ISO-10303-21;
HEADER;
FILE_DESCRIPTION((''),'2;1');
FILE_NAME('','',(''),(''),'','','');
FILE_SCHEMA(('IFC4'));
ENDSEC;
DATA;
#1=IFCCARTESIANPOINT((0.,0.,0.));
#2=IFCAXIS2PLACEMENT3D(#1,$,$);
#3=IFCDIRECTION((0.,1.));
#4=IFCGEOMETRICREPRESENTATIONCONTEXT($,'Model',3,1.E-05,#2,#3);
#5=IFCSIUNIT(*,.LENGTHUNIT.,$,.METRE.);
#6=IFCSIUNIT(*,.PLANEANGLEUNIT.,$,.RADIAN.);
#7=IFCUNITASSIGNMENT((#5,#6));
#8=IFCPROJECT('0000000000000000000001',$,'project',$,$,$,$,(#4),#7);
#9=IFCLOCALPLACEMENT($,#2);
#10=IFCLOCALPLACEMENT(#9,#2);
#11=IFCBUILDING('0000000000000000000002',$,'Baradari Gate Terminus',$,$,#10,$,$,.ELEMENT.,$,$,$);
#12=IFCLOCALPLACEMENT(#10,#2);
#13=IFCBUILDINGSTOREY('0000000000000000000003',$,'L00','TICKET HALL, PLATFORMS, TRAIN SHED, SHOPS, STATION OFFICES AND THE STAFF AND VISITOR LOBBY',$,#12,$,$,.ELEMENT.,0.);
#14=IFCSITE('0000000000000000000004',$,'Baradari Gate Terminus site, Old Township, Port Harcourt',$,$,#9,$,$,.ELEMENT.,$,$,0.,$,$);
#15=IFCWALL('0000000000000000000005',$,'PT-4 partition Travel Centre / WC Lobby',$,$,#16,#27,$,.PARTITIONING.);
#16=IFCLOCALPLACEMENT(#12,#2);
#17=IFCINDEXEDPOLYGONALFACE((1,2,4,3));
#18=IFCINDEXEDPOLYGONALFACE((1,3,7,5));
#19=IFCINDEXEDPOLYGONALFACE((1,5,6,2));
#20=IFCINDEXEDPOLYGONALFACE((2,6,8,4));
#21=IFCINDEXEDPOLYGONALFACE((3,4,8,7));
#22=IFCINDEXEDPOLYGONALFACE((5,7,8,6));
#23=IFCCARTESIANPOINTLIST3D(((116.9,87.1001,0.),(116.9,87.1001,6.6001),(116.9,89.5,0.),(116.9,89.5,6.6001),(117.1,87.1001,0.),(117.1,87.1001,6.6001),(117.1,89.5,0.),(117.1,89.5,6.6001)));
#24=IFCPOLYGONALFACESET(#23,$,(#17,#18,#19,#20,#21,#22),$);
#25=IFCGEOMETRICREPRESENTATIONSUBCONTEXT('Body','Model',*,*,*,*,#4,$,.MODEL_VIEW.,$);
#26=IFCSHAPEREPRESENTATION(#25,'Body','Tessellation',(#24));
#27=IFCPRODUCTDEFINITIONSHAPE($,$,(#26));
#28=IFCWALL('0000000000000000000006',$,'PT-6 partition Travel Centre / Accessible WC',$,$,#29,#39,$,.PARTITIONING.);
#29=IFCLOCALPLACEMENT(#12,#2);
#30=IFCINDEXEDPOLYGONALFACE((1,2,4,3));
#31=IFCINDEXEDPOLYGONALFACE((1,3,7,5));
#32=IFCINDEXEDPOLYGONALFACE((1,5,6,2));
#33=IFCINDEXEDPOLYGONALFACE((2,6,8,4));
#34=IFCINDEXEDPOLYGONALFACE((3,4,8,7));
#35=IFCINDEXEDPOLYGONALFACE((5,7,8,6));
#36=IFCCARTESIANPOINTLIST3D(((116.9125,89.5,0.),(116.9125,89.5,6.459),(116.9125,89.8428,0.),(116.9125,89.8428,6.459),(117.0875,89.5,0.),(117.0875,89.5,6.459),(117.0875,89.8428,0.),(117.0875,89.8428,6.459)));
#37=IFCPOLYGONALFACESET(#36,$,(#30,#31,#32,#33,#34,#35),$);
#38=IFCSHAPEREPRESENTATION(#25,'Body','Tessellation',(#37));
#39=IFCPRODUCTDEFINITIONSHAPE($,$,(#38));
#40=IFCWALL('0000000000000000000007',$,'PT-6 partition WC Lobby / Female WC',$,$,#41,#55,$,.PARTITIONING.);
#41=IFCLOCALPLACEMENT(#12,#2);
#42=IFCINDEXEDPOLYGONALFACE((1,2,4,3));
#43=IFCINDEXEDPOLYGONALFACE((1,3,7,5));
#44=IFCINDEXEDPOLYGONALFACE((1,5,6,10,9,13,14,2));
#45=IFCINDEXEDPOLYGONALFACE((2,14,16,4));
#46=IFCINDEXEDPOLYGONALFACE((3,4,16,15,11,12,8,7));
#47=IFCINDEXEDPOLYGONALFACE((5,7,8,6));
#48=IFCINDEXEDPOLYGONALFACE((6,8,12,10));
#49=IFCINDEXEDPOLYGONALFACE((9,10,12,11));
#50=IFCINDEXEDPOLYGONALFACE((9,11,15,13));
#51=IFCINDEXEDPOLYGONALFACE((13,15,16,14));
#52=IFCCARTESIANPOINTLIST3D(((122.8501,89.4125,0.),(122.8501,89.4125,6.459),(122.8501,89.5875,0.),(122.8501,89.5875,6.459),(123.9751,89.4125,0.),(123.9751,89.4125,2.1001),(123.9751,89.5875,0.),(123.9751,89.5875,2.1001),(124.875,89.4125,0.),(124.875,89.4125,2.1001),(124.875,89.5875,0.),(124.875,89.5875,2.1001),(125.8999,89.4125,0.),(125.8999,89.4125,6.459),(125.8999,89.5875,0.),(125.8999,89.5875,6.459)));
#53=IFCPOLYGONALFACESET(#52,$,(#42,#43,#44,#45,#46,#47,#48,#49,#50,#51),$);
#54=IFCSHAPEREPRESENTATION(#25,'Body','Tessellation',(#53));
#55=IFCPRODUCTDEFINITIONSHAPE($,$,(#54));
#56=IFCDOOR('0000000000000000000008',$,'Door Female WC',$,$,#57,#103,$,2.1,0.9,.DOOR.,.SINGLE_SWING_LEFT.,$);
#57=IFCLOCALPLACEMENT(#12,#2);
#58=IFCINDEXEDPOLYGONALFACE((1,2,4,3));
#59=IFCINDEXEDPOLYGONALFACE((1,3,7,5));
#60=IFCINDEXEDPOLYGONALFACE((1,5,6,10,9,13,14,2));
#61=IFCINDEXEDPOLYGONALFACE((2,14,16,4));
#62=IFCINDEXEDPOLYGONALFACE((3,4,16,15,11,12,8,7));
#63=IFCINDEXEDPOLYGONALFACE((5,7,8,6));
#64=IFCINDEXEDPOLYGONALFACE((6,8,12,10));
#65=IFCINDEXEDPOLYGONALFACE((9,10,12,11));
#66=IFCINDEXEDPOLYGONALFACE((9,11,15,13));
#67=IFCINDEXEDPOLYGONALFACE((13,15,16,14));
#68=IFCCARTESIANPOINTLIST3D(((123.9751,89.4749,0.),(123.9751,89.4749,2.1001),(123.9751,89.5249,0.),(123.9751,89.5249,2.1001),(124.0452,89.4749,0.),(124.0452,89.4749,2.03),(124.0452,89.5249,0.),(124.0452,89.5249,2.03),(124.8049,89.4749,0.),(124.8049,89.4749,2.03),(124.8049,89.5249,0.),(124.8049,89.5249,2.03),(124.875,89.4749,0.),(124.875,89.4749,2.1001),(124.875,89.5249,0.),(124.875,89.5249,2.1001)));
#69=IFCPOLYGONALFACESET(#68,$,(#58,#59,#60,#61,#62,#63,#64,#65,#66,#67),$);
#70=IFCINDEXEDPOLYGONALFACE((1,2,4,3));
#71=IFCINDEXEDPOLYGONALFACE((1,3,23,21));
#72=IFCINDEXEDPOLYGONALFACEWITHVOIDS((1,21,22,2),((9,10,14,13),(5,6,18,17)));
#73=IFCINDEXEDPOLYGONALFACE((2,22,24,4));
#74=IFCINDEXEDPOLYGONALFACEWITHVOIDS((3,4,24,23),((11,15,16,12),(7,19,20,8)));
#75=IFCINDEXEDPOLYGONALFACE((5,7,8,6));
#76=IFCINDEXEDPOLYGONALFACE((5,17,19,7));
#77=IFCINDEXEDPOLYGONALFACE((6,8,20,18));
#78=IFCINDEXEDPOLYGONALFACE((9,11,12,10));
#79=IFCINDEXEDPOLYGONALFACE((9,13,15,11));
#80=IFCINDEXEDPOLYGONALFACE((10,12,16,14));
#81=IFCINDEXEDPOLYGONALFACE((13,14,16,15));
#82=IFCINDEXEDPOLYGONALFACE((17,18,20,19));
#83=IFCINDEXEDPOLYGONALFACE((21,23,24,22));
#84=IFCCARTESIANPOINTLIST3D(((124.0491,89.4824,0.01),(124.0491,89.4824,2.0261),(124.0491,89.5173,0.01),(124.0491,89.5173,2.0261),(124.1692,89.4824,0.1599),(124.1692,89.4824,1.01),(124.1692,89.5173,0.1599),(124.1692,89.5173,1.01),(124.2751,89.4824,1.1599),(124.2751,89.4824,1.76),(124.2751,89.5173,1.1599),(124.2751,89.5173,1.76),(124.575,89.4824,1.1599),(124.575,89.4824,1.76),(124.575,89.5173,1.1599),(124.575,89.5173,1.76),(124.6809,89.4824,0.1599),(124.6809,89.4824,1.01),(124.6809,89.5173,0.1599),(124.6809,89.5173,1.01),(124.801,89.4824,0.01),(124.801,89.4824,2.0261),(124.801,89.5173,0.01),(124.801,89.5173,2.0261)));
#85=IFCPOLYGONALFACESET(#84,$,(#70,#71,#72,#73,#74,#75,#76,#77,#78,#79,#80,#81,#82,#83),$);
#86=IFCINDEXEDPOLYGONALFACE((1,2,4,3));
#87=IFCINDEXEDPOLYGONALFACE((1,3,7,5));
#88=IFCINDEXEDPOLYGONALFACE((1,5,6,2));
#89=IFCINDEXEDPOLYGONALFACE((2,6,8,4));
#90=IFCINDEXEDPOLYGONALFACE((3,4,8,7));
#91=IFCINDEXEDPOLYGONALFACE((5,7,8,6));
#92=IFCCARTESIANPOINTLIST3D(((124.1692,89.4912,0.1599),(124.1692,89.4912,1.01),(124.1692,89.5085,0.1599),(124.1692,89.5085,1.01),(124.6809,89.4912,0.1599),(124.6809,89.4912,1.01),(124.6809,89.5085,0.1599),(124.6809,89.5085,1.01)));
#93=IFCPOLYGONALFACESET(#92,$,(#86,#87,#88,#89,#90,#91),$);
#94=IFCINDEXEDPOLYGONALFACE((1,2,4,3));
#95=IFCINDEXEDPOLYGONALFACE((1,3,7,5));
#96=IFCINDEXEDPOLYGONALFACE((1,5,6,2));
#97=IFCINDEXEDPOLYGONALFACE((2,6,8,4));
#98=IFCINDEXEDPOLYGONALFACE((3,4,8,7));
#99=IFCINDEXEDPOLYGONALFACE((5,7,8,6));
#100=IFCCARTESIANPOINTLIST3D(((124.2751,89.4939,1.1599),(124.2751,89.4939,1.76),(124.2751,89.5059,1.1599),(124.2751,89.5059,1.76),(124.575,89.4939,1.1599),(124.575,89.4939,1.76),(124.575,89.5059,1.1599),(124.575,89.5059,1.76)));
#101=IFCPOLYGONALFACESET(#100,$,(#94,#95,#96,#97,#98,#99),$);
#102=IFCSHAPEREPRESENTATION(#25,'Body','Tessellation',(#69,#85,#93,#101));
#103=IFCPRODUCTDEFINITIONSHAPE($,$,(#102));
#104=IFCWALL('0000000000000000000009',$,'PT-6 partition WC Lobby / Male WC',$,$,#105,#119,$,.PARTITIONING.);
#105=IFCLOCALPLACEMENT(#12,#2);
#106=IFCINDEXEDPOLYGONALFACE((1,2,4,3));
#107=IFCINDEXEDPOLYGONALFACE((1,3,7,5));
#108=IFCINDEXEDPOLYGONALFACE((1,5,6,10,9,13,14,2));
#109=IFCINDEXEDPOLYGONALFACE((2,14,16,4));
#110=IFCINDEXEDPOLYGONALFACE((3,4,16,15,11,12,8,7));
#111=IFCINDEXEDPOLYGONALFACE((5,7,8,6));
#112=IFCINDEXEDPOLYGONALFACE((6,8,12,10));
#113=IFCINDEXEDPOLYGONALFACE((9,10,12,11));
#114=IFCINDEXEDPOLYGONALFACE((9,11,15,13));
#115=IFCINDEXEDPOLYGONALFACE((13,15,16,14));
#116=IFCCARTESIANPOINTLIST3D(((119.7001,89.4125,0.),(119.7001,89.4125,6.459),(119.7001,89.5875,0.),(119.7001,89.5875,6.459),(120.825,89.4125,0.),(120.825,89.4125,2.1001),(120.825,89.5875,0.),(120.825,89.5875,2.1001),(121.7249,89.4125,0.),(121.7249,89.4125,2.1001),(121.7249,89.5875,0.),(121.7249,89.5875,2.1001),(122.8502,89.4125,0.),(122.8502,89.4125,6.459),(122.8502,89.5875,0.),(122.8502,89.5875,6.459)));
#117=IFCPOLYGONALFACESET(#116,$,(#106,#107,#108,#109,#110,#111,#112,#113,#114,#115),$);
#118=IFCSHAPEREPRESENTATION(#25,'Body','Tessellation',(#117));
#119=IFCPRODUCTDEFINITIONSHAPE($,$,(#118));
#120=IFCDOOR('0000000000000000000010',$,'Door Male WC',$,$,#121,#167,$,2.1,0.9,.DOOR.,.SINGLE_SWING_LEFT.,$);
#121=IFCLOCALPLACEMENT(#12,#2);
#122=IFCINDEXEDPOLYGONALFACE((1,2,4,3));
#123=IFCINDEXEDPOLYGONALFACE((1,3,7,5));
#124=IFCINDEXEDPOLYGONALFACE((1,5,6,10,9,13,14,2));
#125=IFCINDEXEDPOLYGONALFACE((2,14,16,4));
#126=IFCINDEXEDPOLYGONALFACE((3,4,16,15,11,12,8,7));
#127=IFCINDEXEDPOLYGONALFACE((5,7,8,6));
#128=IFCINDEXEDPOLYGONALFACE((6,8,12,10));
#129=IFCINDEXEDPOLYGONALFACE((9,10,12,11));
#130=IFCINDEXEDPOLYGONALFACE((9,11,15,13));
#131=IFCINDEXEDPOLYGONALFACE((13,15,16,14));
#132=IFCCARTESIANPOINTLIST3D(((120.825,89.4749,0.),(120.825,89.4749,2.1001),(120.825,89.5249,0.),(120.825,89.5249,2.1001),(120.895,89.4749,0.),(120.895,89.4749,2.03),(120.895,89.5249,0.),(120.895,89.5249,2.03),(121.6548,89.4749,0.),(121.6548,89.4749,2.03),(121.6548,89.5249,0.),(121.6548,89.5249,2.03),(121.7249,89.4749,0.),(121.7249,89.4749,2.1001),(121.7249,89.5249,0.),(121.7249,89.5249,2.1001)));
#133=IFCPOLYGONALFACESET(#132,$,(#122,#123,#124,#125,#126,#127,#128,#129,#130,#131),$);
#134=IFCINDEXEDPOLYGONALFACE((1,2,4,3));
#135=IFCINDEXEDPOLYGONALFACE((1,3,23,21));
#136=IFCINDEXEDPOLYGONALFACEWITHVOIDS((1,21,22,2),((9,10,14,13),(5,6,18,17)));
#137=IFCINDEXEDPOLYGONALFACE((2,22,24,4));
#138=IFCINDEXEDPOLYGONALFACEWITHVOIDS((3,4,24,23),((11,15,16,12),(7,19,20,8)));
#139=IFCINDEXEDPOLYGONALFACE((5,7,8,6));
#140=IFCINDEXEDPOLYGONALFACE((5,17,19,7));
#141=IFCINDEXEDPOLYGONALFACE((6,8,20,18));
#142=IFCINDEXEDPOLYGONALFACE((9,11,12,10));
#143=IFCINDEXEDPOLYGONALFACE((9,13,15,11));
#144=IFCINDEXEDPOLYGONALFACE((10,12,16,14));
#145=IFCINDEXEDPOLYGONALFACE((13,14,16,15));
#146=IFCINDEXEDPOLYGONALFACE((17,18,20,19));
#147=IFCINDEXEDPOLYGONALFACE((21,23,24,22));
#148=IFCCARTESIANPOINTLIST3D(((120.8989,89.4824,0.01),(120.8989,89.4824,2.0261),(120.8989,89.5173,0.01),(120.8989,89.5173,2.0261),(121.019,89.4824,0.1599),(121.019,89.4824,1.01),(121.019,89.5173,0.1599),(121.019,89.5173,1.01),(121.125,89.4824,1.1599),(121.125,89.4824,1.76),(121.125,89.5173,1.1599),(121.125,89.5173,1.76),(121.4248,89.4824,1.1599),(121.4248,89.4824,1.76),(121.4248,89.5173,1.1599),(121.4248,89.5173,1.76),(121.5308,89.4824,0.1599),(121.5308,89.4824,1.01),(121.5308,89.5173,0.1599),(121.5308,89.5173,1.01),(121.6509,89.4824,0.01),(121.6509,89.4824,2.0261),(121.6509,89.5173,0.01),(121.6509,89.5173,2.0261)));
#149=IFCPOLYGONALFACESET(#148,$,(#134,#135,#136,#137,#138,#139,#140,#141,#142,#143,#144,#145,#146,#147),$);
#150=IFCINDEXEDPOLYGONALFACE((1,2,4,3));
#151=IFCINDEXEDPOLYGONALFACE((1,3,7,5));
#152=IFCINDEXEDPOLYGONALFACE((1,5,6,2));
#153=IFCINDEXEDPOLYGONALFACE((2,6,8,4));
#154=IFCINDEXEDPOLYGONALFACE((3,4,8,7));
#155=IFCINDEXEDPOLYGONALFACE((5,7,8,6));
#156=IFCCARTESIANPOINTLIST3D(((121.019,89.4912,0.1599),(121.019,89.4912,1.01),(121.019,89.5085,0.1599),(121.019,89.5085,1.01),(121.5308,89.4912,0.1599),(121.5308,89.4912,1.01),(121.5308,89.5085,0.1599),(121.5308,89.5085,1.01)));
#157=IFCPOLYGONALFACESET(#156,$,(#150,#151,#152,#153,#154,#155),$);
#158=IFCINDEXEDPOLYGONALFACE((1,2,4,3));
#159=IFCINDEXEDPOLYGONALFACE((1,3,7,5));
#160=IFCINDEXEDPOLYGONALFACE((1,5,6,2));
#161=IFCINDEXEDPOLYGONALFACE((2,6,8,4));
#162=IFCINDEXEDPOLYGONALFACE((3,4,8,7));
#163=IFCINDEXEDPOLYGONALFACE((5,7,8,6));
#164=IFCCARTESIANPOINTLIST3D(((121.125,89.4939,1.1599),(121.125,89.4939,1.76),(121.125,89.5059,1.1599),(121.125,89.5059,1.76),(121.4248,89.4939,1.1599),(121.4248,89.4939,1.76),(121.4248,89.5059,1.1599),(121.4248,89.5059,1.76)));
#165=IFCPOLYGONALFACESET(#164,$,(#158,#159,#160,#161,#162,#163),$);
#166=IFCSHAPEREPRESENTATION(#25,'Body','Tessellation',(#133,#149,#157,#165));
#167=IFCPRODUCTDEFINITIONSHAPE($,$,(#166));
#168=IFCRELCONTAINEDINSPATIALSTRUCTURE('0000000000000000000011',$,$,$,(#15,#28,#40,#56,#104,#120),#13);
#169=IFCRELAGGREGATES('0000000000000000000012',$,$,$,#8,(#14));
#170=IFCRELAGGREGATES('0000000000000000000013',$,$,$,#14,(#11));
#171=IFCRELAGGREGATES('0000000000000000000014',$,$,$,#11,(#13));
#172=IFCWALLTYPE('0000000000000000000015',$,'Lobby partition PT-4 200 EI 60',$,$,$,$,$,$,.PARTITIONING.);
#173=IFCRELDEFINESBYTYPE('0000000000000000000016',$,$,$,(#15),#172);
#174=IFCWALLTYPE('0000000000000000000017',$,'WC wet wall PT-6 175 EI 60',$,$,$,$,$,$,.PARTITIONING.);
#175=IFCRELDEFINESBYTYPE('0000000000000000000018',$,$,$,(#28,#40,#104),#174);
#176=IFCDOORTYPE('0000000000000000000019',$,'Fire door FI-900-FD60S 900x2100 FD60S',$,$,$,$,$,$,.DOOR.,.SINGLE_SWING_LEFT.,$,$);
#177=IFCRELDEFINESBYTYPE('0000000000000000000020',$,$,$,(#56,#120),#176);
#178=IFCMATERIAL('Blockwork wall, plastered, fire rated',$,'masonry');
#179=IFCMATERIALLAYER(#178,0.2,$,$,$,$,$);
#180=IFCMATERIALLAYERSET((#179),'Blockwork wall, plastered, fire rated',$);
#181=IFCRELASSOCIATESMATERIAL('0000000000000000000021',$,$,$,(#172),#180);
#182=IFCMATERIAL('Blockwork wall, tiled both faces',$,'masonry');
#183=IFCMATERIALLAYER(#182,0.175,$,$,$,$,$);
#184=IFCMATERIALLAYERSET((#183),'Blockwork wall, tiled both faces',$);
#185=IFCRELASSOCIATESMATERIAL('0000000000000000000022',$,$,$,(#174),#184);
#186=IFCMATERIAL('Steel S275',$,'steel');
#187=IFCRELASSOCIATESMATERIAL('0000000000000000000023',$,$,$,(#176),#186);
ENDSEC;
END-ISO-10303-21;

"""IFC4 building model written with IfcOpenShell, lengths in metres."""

from ifc_helpers import new_model, si_unit, direction, frame, frame_2d, origin, place, context, subcontext, project, spatial, polyline, rectangle, outline, extrude, material, layer, layer_set, type_object, element, fill, save


model = new_model("IFC4")

# Units and contexts
model_context = context("Model", 3, precision=1e-05, world=origin(), true_north=direction((0.0, 1.0)))
body_context = subcontext(model_context, "Body", "Model", "MODEL_VIEW")
ifc_project = project(units=[si_unit("LENGTHUNIT", "METRE"), si_unit("PLANEANGLEUNIT", "RADIAN")], contexts=[model_context])

# Site, building, storey
site_placement = place(None, origin())
site = spatial("IfcSite", under=ifc_project, at=site_placement, Name="Baradari Gate Terminus site, Old Township, Port Harcourt", CompositionType="ELEMENT", RefElevation=0.0)
building_placement = place(site_placement, origin())
building = spatial("IfcBuilding", under=site, at=building_placement, Name="Baradari Gate Terminus", CompositionType="ELEMENT")
storey_placement = place(building_placement, origin())
storey = spatial("IfcBuildingStorey", under=building, at=storey_placement, Name="L00", Description="TICKET HALL, PLATFORMS, TRAIN SHED, SHOPS, STATION OFFICES AND THE STAFF AND VISITOR LOBBY", CompositionType="ELEMENT", Elevation=0.0)

# Shared definitions
ifc_material_1 = material(Name="Blockwork wall, plastered, fire rated", Category="masonry")
ifc_layer_1 = layer(ifc_material_1, 0.2)
ifc_layer_set_1 = layer_set([ifc_layer_1], Name="Blockwork wall, plastered, fire rated")
wall_type_1 = type_object("IfcWallType", Name="Lobby partition PT-4 200 EI 60", PredefinedType="PARTITIONING", material=ifc_layer_set_1)

# Walls
wall_1_placement = place(storey_placement, frame((117.0, 89.5, 0.0), z_axis=(0.0, 0.0, 1.0), x_axis=(0.0, -1.0, 0.0)))
element("IfcWall", 1, at=wall_1_placement, inside=storey, type_object=wall_type_1, Name="PT-4 partition Travel Centre / WC Lobby", PredefinedType="PARTITIONING", context=body_context, shape_type="SweptSolid", body=[
    extrude(rectangle(XDim=2.3999, YDim=0.2, at=frame_2d((1.2, 0.0))), origin(), (0.0, 0.0, 1.0), 6.6001),
])
ifc_material_2 = material(Name="Blockwork wall, tiled both faces", Category="masonry")
ifc_layer_2 = layer(ifc_material_2, 0.175)
ifc_layer_set_2 = layer_set([ifc_layer_2], Name="Blockwork wall, tiled both faces")
wall_type_2 = type_object("IfcWallType", Name="WC wet wall PT-6 175 EI 60", PredefinedType="PARTITIONING", material=ifc_layer_set_2)
wall_2_placement = place(storey_placement, frame((117.0, 89.8428, 0.0), z_axis=(0.0, 0.0, 1.0), x_axis=(0.0, -1.0, 0.0)))
element("IfcWall", 2, at=wall_2_placement, inside=storey, type_object=wall_type_2, Name="PT-6 partition Travel Centre / Accessible WC", PredefinedType="PARTITIONING", context=body_context, shape_type="SweptSolid", body=[
    extrude(rectangle(XDim=0.3428, YDim=0.175, at=frame_2d((0.1714, 0.0))), origin(), (0.0, 0.0, 1.0), 6.459),
])

# Walls, openings, doors
wall_3_placement = place(storey_placement, frame((122.8501, 89.5, 0.0), z_axis=(0.0, 0.0, 1.0), x_axis=(1.0, 0.0, 0.0)))
wall_3 = element("IfcWall", 3, at=wall_3_placement, inside=storey, type_object=wall_type_2, Name="PT-6 partition WC Lobby / Female WC", PredefinedType="PARTITIONING", context=body_context, shape_type="SweptSolid", body=[
    extrude(rectangle(XDim=3.0498, YDim=0.175, at=frame_2d((1.5249, 0.0))), origin(), (0.0, 0.0, 1.0), 6.459),
])
opening_1_placement = place(wall_3_placement, frame((1.125, 0.0, 0.0)))
opening_1 = element("IfcOpeningElement", 4, at=opening_1_placement, cuts=wall_3, PredefinedType="OPENING", context=body_context, shape_type="SweptSolid", body=[
    extrude(rectangle(XDim=0.8999, YDim=2.1001, at=frame_2d((0.45, 1.05))), frame((0.0, 0.0974, 0.0), z_axis=(0.0, -1.0, 0.0), x_axis=(1.0, 0.0, 0.0)), (0.0, 0.0, 1.0), 0.1951),
])
ifc_material_3 = material(Name="Steel S275", Category="steel")
door_type_1 = type_object("IfcDoorType", Name="Fire door FI-900-FD60S 900x2100 FD60S", OperationType="SINGLE_SWING_LEFT", PredefinedType="DOOR", material=ifc_material_3)
door_1_placement = place(opening_1_placement, origin())
door_1 = element("IfcDoor", 5, at=door_1_placement, inside=storey, type_object=door_type_1, Name="Door Female WC", OperationType="SINGLE_SWING_LEFT", OverallHeight=2.1, OverallWidth=0.9, PredefinedType="DOOR", context=body_context, shape_type="SweptSolid", body=[
    extrude(outline(polyline([(0.0, 0.0), (0.0701, 0.0), (0.0701, 2.03), (0.8298, 2.03), (0.8298, 0.0), (0.8999, 0.0), (0.8999, 2.1001), (0.0, 2.1001), (0.0, 0.0)])), frame((0.0, 0.0249, 0.0), z_axis=(0.0, -1.0, 0.0), x_axis=(1.0, 0.0, 0.0)), (0.0, 0.0, 1.0), 0.05),
    extrude(outline(polyline([(0.074, 0.01), (0.8259, 0.01), (0.8259, 2.0261), (0.074, 2.0261), (0.074, 0.01)]), holes=[polyline([(0.1941, 0.1599), (0.7058, 0.1599), (0.7058, 1.01), (0.1941, 1.01), (0.1941, 0.1599)]), polyline([(0.3, 1.1599), (0.5999, 1.1599), (0.5999, 1.76), (0.3, 1.76), (0.3, 1.1599)])]), frame((0.0, 0.0173, 0.0), z_axis=(0.0, -1.0, 0.0), x_axis=(1.0, 0.0, 0.0)), (0.0, 0.0, 1.0), 0.0349),
    extrude(rectangle(XDim=0.5117, YDim=0.8501, at=frame_2d((0.45, 0.585))), frame((0.0, 0.0085, 0.0), z_axis=(0.0, -1.0, 0.0), x_axis=(1.0, 0.0, 0.0)), (0.0, 0.0, 1.0), 0.0173),
    extrude(rectangle(XDim=0.2998, YDim=0.6001, at=frame_2d((0.45, 1.46))), frame((0.0, 0.0059, 0.0), z_axis=(0.0, -1.0, 0.0), x_axis=(1.0, 0.0, 0.0)), (0.0, 0.0, 1.0), 0.012),
])
fill(opening_1, door_1)
wall_4_placement = place(storey_placement, frame((119.7, 89.5, 0.0), z_axis=(0.0, 0.0, 1.0), x_axis=(1.0, 0.0, 0.0)))
wall_4 = element("IfcWall", 6, at=wall_4_placement, inside=storey, type_object=wall_type_2, Name="PT-6 partition WC Lobby / Male WC", PredefinedType="PARTITIONING", context=body_context, shape_type="SweptSolid", body=[
    extrude(rectangle(XDim=3.1501, YDim=0.175, at=frame_2d((1.5752, 0.0))), origin(), (0.0, 0.0, 1.0), 6.459),
])
opening_2_placement = place(wall_4_placement, frame((1.125, 0.0, 0.0)))
opening_2 = element("IfcOpeningElement", 7, at=opening_2_placement, cuts=wall_4, PredefinedType="OPENING", context=body_context, shape_type="SweptSolid", body=[
    extrude(rectangle(XDim=0.8999, YDim=2.1001, at=frame_2d((0.45, 1.05))), frame((0.0, 0.0974, 0.0), z_axis=(0.0, -1.0, 0.0), x_axis=(1.0, 0.0, 0.0)), (0.0, 0.0, 1.0), 0.1951),
])
door_2_placement = place(opening_2_placement, origin())
door_2 = element("IfcDoor", 8, at=door_2_placement, inside=storey, type_object=door_type_1, Name="Door Male WC", OperationType="SINGLE_SWING_LEFT", OverallHeight=2.1, OverallWidth=0.9, PredefinedType="DOOR", context=body_context, shape_type="SweptSolid", body=[
    extrude(outline(polyline([(0.0, 0.0), (0.0701, 0.0), (0.0701, 2.03), (0.8298, 2.03), (0.8298, 0.0), (0.8999, 0.0), (0.8999, 2.1001), (0.0, 2.1001), (0.0, 0.0)])), frame((0.0, 0.0249, 0.0), z_axis=(0.0, -1.0, 0.0), x_axis=(1.0, 0.0, 0.0)), (0.0, 0.0, 1.0), 0.05),
    extrude(outline(polyline([(0.074, 0.01), (0.8259, 0.01), (0.8259, 2.0261), (0.074, 2.0261), (0.074, 0.01)]), holes=[polyline([(0.1941, 0.1599), (0.7058, 0.1599), (0.7058, 1.01), (0.1941, 1.01), (0.1941, 0.1599)]), polyline([(0.3, 1.1599), (0.5999, 1.1599), (0.5999, 1.76), (0.3, 1.76), (0.3, 1.1599)])]), frame((0.0, 0.0173, 0.0), z_axis=(0.0, -1.0, 0.0), x_axis=(1.0, 0.0, 0.0)), (0.0, 0.0, 1.0), 0.0349),
    extrude(rectangle(XDim=0.5117, YDim=0.8501, at=frame_2d((0.45, 0.585))), frame((0.0, 0.0085, 0.0), z_axis=(0.0, -1.0, 0.0), x_axis=(1.0, 0.0, 0.0)), (0.0, 0.0, 1.0), 0.0173),
    extrude(rectangle(XDim=0.2998, YDim=0.6001, at=frame_2d((0.45, 1.46))), frame((0.0, 0.0059, 0.0), z_axis=(0.0, -1.0, 0.0), x_axis=(1.0, 0.0, 0.0)), (0.0, 0.0, 1.0), 0.012),
])
fill(opening_2, door_2)

save(model, "model.ifc")
